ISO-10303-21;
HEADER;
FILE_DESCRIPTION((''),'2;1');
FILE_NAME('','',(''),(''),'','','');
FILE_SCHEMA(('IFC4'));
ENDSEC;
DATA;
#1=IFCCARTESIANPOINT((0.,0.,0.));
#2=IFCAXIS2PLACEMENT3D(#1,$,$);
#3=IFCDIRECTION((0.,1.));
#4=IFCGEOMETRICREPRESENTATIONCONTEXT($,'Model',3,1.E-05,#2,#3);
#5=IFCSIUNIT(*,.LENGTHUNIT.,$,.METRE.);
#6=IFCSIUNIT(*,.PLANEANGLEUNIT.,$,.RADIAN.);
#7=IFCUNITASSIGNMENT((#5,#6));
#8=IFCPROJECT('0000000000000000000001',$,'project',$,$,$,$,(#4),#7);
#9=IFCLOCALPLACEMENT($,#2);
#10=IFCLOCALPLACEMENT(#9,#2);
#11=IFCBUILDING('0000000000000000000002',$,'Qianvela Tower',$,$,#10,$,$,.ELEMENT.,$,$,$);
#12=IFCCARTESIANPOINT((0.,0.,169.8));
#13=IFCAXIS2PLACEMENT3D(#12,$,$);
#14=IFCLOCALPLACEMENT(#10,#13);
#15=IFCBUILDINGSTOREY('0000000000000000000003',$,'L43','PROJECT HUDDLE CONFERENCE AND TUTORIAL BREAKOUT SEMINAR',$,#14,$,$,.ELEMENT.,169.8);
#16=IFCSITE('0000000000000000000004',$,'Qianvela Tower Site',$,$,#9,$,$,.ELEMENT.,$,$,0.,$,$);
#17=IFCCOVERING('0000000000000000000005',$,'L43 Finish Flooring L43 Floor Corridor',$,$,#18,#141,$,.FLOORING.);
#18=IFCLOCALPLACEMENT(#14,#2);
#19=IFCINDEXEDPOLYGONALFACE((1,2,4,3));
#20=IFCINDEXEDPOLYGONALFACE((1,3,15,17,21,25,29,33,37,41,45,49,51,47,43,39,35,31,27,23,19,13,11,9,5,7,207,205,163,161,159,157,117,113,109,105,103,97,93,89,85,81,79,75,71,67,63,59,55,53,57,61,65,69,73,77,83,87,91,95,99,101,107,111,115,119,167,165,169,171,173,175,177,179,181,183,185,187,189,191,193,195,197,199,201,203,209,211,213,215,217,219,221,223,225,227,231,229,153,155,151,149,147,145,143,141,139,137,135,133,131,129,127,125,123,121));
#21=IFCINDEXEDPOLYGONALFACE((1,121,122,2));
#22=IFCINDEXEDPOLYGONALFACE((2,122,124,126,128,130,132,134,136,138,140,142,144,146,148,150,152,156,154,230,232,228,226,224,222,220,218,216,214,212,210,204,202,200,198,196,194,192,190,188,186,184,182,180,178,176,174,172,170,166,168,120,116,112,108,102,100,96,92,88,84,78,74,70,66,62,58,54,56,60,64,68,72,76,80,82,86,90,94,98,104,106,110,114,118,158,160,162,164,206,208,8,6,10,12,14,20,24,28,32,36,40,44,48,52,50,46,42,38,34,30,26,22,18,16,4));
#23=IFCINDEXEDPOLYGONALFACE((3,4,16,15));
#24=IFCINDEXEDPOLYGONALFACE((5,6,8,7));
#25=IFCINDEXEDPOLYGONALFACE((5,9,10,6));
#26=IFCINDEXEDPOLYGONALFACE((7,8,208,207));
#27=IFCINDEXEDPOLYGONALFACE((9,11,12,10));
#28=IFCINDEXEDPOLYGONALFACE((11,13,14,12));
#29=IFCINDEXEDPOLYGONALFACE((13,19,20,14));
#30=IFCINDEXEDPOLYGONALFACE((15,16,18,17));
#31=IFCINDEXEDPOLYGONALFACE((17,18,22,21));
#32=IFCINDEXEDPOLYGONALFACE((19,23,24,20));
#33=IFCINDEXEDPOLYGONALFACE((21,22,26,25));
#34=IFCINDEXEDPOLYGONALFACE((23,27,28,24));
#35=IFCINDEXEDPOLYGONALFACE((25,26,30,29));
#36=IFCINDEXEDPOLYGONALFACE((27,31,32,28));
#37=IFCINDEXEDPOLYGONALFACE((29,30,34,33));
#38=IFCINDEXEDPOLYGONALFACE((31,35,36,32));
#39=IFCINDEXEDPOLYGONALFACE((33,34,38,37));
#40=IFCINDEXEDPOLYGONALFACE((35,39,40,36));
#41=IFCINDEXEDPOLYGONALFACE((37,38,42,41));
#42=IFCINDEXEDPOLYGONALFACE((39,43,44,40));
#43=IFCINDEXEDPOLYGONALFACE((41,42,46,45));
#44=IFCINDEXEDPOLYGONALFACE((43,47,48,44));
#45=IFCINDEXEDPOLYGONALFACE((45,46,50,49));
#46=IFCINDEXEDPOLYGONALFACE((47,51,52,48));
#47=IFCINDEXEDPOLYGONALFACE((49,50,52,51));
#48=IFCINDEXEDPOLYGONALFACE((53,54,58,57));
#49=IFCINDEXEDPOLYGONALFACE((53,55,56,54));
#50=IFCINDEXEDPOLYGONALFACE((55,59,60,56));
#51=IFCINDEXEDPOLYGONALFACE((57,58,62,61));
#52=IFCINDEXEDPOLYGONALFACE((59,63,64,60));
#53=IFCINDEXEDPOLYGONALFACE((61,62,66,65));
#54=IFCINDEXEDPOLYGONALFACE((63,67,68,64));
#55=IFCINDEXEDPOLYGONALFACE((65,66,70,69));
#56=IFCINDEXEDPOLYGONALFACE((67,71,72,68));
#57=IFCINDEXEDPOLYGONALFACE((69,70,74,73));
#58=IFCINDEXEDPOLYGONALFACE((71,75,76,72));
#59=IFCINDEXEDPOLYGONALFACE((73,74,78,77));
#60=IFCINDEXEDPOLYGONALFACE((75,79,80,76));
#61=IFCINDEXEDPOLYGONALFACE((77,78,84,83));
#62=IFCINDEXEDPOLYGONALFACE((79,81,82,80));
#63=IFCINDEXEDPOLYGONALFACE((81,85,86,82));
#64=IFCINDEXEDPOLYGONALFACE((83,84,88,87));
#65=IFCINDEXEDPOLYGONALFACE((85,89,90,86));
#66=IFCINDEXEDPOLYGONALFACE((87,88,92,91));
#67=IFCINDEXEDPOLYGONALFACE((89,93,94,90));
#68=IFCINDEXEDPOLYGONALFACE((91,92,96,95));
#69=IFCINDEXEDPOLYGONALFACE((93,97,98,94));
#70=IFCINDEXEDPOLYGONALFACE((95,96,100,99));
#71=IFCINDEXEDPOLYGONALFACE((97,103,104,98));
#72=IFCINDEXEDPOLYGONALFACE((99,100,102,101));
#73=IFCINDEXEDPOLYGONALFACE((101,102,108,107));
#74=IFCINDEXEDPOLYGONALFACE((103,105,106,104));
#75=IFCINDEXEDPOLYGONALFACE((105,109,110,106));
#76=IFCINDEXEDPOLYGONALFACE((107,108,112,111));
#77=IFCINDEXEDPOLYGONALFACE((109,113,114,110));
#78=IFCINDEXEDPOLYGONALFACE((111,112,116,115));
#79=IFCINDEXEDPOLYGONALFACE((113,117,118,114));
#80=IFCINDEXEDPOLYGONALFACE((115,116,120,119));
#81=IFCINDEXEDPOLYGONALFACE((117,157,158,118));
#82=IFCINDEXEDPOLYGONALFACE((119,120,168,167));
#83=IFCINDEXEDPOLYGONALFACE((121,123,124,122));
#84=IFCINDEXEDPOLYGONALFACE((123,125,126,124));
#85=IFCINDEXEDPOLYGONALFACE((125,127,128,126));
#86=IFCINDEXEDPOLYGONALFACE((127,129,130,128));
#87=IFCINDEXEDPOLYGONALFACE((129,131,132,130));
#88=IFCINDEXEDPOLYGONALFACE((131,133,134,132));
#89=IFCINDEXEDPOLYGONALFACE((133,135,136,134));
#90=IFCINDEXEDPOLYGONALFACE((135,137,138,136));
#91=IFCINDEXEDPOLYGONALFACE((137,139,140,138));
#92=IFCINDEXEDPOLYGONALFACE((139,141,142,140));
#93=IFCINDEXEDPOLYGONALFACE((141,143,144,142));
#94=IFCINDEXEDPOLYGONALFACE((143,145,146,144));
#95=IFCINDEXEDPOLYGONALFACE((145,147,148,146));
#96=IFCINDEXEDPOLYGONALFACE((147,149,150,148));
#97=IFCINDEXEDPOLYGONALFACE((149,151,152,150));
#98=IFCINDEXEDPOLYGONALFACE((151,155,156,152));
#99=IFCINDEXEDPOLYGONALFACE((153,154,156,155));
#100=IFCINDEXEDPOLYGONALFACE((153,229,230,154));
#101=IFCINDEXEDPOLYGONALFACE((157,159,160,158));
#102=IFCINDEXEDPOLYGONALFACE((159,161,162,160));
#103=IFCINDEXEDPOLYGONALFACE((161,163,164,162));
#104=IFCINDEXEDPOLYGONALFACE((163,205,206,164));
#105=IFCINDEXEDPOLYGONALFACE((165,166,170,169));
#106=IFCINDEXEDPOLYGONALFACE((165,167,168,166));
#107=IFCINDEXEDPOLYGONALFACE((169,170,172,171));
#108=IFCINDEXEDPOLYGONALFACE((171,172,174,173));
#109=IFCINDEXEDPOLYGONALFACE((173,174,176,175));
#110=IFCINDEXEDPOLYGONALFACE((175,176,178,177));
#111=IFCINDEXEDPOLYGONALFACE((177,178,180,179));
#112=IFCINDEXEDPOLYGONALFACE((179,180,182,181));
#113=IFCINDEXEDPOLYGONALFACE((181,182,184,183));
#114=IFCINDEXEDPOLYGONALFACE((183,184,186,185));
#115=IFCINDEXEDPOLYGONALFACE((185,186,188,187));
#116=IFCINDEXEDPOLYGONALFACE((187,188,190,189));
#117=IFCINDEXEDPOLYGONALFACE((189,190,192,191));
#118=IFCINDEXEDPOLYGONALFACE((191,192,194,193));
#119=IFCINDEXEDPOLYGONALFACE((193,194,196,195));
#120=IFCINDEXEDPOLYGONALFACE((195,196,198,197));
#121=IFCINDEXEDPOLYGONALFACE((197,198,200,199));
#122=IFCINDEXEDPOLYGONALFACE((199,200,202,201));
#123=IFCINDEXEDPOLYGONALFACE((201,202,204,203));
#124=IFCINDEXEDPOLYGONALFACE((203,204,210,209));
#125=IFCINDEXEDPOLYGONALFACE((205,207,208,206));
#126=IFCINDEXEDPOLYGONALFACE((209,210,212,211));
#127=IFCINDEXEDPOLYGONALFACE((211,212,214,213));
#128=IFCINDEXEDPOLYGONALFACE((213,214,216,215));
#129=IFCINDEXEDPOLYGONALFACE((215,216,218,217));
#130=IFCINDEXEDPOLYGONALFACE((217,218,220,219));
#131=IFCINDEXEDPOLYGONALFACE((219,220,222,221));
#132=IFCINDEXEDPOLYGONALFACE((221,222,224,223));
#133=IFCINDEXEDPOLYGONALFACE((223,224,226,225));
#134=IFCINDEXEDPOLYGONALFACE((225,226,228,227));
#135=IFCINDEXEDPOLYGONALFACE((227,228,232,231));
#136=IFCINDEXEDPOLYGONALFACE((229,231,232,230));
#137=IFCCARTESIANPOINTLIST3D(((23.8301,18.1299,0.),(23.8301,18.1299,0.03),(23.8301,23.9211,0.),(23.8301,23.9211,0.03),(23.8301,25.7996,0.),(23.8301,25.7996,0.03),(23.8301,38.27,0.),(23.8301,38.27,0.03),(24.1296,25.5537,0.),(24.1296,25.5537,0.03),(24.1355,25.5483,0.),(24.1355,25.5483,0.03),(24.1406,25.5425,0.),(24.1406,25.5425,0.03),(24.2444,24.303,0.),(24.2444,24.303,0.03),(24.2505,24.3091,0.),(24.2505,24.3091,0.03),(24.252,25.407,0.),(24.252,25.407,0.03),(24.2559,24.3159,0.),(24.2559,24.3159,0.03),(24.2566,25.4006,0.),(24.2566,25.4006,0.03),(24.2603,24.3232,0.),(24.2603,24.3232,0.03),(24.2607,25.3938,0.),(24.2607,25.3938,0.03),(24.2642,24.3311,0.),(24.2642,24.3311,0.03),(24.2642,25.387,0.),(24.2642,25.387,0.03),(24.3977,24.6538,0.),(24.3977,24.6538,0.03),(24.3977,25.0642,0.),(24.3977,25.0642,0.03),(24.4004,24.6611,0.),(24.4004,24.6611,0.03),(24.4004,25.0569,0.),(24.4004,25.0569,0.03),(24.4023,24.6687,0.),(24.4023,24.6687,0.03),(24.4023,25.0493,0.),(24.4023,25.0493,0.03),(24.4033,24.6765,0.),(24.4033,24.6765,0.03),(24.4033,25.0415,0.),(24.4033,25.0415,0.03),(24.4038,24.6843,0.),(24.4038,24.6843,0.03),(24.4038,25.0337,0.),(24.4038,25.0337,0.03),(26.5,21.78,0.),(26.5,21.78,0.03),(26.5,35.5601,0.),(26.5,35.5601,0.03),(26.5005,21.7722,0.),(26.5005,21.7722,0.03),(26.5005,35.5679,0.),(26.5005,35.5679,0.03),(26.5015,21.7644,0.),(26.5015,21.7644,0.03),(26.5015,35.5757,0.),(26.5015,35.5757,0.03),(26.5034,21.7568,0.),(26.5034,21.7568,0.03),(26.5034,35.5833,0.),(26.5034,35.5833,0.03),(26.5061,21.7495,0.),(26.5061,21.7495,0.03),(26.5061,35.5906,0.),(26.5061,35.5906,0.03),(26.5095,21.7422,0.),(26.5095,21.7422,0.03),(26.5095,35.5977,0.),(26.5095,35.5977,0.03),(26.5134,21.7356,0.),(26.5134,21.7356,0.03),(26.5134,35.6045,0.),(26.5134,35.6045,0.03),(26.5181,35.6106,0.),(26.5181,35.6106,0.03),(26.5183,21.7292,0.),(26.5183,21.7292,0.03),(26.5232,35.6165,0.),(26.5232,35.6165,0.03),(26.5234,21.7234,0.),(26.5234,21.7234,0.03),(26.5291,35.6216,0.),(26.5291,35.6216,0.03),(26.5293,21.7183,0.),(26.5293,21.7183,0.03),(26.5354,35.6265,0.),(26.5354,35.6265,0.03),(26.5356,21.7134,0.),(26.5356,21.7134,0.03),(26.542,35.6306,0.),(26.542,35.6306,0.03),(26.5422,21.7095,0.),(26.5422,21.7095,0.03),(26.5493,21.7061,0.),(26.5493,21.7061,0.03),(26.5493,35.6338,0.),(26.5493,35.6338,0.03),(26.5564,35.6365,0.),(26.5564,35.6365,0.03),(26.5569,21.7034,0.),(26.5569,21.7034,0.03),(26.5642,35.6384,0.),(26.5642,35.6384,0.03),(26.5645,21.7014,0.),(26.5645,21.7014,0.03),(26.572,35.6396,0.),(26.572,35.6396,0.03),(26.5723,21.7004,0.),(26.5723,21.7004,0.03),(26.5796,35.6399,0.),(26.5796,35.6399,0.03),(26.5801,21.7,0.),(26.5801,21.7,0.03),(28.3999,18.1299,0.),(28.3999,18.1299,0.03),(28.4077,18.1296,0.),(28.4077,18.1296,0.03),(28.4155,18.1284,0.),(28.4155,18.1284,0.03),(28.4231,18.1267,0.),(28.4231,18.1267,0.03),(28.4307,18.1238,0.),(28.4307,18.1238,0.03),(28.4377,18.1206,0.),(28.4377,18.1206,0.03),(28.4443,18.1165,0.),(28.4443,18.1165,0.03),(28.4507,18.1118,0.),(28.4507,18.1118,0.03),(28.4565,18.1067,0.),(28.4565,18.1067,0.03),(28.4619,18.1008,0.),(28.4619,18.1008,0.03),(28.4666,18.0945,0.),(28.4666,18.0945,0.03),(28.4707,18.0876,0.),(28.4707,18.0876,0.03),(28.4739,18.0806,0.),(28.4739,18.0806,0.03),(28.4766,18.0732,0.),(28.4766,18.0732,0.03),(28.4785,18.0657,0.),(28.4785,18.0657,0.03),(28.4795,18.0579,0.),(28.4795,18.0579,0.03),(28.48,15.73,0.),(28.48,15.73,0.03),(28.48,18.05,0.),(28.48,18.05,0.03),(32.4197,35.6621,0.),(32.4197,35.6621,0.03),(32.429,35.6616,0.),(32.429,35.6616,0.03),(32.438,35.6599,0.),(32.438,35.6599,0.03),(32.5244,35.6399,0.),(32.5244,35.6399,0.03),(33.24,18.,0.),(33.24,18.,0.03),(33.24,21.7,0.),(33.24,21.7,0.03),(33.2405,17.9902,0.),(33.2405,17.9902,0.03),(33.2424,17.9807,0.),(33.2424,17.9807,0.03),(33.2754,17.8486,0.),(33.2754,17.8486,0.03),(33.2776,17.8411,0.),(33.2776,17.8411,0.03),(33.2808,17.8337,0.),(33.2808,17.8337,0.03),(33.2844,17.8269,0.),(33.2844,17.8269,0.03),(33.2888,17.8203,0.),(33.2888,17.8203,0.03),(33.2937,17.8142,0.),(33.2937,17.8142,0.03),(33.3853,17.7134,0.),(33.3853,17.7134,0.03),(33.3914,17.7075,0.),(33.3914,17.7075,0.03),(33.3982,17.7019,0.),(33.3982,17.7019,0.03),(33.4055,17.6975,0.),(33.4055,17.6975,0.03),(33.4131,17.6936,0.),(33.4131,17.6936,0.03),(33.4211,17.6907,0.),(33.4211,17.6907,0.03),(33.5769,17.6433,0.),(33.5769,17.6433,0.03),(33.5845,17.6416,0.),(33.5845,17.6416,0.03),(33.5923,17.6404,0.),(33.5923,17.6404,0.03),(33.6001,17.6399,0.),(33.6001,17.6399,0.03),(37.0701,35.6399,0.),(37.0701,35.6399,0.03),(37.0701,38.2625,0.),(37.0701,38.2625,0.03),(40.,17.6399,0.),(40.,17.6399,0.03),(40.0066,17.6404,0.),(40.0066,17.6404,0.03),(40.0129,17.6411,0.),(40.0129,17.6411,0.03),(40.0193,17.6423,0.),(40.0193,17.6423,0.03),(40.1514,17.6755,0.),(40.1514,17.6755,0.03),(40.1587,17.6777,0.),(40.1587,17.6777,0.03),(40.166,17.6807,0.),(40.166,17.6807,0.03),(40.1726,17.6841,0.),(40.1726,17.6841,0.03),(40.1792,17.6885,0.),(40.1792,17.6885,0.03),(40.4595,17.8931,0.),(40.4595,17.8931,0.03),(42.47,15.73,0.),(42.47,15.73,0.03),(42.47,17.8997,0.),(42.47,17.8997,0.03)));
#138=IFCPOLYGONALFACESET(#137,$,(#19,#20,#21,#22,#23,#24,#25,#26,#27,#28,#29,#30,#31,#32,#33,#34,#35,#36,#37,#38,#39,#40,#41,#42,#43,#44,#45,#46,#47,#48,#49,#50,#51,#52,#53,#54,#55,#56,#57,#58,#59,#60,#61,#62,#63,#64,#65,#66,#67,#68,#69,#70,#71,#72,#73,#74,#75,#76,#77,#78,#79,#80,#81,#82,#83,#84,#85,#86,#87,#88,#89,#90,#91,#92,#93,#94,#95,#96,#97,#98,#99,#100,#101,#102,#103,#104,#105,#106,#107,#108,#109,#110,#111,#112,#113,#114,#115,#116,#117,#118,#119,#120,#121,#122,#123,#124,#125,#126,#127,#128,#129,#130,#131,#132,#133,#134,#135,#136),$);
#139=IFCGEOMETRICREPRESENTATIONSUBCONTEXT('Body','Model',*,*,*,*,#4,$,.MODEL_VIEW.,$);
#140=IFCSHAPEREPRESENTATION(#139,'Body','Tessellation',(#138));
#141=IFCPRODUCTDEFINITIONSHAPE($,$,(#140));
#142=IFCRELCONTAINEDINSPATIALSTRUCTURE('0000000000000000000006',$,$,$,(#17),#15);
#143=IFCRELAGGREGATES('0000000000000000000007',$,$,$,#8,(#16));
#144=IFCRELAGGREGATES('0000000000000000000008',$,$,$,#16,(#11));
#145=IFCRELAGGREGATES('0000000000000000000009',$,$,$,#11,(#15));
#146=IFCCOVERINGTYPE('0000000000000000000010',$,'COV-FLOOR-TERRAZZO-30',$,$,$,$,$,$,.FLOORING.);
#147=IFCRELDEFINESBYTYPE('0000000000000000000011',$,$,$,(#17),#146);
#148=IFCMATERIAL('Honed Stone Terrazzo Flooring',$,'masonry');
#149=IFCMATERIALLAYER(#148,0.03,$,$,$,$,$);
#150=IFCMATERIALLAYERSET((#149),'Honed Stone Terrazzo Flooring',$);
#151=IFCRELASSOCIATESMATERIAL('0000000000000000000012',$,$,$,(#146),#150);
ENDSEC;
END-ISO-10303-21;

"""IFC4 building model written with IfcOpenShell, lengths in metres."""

from ifc_helpers import new_model, si_unit, direction, frame, origin, place, context, subcontext, project, spatial, polyline, outline, extrude, material, layer, layer_set, type_object, element, save


model = new_model("IFC4")

# Units and contexts
model_context = context("Model", 3, precision=1e-05, world=origin(), true_north=direction((0.0, 1.0)))
body_context = subcontext(model_context, "Body", "Model", "MODEL_VIEW")
ifc_project = project(units=[si_unit("LENGTHUNIT", "METRE"), si_unit("PLANEANGLEUNIT", "RADIAN")], contexts=[model_context])

# Site, building, storey
site_placement = place(None, origin())
site = spatial("IfcSite", under=ifc_project, at=site_placement, Name="Qianvela Tower Site", CompositionType="ELEMENT", RefElevation=0.0)
building_placement = place(site_placement, origin())
building = spatial("IfcBuilding", under=site, at=building_placement, Name="Qianvela Tower", CompositionType="ELEMENT")
storey_placement = place(building_placement, frame((0.0, 0.0, 169.8)))
storey = spatial("IfcBuildingStorey", under=building, at=storey_placement, Name="L43", Description="PROJECT HUDDLE CONFERENCE AND TUTORIAL BREAKOUT SEMINAR", CompositionType="ELEMENT", Elevation=169.8)

# Covering
ifc_material_1 = material(Name="Honed Stone Terrazzo Flooring", Category="masonry")
ifc_layer_1 = layer(ifc_material_1, 0.03)
ifc_layer_set_1 = layer_set([ifc_layer_1], Name="Honed Stone Terrazzo Flooring")
covering_type_1 = type_object("IfcCoveringType", Name="COV-FLOOR-TERRAZZO-30", PredefinedType="FLOORING", material=ifc_layer_set_1)
covering_1_placement = place(storey_placement, origin())
element("IfcCovering", 1, at=covering_1_placement, inside=storey, type_object=covering_type_1, Name="L43 Finish Flooring L43 Floor Corridor", PredefinedType="FLOORING", context=body_context, shape_type="SweptSolid", body=[
    extrude(outline(polyline([(24.4038, 25.0337), (24.4033, 25.0415), (24.4023, 25.0493), (24.4004, 25.0569), (24.3977, 25.0642), (24.2642, 25.387), (24.2607, 25.3938), (24.2566, 25.4006), (24.252, 25.407), (24.1406, 25.5425), (24.1355, 25.5483), (24.1296, 25.5537), (23.8301, 25.7996), (23.8301, 38.27), (37.0701, 38.2625), (37.0701, 35.6399), (32.5244, 35.6399), (32.438, 35.6599), (32.429, 35.6616), (32.4197, 35.6621), (26.5796, 35.6399), (26.572, 35.6396), (26.5642, 35.6384), (26.5564, 35.6365), (26.5493, 35.6338), (26.542, 35.6306), (26.5354, 35.6265), (26.5291, 35.6216), (26.5232, 35.6165), (26.5181, 35.6106), (26.5134, 35.6045), (26.5095, 35.5977), (26.5061, 35.5906), (26.5034, 35.5833), (26.5015, 35.5757), (26.5005, 35.5679), (26.5, 35.5601), (26.5, 21.78), (26.5005, 21.7722), (26.5015, 21.7644), (26.5034, 21.7568), (26.5061, 21.7495), (26.5095, 21.7422), (26.5134, 21.7356), (26.5183, 21.7292), (26.5234, 21.7234), (26.5293, 21.7183), (26.5356, 21.7134), (26.5422, 21.7095), (26.5493, 21.7061), (26.5569, 21.7034), (26.5645, 21.7014), (26.5723, 21.7004), (26.5801, 21.7), (33.24, 21.7), (33.24, 18.0), (33.2405, 17.9902), (33.2424, 17.9807), (33.2754, 17.8486), (33.2776, 17.8411), (33.2808, 17.8337), (33.2844, 17.8269), (33.2888, 17.8203), (33.2937, 17.8142), (33.3853, 17.7134), (33.3914, 17.7075), (33.3982, 17.7019), (33.4055, 17.6975), (33.4131, 17.6936), (33.4211, 17.6907), (33.5769, 17.6433), (33.5845, 17.6416), (33.5923, 17.6404), (33.6001, 17.6399), (40.0, 17.6399), (40.0066, 17.6404), (40.0129, 17.6411), (40.0193, 17.6423), (40.1514, 17.6755), (40.1587, 17.6777), (40.166, 17.6807), (40.1726, 17.6841), (40.1792, 17.6885), (40.4595, 17.8931), (42.47, 17.8997), (42.47, 15.73), (28.48, 15.73), (28.48, 18.05), (28.4795, 18.0579), (28.4785, 18.0657), (28.4766, 18.0732), (28.4739, 18.0806), (28.4707, 18.0876), (28.4666, 18.0945), (28.4619, 18.1008), (28.4565, 18.1067), (28.4507, 18.1118), (28.4443, 18.1165), (28.4377, 18.1206), (28.4307, 18.1238), (28.4231, 18.1267), (28.4155, 18.1284), (28.4077, 18.1296), (28.3999, 18.1299), (23.8301, 18.1299), (23.8301, 23.9211), (24.2444, 24.303), (24.2505, 24.3091), (24.2559, 24.3159), (24.2603, 24.3232), (24.2642, 24.3311), (24.3977, 24.6538), (24.4004, 24.6611), (24.4023, 24.6687), (24.4033, 24.6765), (24.4038, 24.6843), (24.4038, 25.0337)])), origin(), (0.0, 0.0, 1.0), 0.03),
])

save(model, "model.ifc")
